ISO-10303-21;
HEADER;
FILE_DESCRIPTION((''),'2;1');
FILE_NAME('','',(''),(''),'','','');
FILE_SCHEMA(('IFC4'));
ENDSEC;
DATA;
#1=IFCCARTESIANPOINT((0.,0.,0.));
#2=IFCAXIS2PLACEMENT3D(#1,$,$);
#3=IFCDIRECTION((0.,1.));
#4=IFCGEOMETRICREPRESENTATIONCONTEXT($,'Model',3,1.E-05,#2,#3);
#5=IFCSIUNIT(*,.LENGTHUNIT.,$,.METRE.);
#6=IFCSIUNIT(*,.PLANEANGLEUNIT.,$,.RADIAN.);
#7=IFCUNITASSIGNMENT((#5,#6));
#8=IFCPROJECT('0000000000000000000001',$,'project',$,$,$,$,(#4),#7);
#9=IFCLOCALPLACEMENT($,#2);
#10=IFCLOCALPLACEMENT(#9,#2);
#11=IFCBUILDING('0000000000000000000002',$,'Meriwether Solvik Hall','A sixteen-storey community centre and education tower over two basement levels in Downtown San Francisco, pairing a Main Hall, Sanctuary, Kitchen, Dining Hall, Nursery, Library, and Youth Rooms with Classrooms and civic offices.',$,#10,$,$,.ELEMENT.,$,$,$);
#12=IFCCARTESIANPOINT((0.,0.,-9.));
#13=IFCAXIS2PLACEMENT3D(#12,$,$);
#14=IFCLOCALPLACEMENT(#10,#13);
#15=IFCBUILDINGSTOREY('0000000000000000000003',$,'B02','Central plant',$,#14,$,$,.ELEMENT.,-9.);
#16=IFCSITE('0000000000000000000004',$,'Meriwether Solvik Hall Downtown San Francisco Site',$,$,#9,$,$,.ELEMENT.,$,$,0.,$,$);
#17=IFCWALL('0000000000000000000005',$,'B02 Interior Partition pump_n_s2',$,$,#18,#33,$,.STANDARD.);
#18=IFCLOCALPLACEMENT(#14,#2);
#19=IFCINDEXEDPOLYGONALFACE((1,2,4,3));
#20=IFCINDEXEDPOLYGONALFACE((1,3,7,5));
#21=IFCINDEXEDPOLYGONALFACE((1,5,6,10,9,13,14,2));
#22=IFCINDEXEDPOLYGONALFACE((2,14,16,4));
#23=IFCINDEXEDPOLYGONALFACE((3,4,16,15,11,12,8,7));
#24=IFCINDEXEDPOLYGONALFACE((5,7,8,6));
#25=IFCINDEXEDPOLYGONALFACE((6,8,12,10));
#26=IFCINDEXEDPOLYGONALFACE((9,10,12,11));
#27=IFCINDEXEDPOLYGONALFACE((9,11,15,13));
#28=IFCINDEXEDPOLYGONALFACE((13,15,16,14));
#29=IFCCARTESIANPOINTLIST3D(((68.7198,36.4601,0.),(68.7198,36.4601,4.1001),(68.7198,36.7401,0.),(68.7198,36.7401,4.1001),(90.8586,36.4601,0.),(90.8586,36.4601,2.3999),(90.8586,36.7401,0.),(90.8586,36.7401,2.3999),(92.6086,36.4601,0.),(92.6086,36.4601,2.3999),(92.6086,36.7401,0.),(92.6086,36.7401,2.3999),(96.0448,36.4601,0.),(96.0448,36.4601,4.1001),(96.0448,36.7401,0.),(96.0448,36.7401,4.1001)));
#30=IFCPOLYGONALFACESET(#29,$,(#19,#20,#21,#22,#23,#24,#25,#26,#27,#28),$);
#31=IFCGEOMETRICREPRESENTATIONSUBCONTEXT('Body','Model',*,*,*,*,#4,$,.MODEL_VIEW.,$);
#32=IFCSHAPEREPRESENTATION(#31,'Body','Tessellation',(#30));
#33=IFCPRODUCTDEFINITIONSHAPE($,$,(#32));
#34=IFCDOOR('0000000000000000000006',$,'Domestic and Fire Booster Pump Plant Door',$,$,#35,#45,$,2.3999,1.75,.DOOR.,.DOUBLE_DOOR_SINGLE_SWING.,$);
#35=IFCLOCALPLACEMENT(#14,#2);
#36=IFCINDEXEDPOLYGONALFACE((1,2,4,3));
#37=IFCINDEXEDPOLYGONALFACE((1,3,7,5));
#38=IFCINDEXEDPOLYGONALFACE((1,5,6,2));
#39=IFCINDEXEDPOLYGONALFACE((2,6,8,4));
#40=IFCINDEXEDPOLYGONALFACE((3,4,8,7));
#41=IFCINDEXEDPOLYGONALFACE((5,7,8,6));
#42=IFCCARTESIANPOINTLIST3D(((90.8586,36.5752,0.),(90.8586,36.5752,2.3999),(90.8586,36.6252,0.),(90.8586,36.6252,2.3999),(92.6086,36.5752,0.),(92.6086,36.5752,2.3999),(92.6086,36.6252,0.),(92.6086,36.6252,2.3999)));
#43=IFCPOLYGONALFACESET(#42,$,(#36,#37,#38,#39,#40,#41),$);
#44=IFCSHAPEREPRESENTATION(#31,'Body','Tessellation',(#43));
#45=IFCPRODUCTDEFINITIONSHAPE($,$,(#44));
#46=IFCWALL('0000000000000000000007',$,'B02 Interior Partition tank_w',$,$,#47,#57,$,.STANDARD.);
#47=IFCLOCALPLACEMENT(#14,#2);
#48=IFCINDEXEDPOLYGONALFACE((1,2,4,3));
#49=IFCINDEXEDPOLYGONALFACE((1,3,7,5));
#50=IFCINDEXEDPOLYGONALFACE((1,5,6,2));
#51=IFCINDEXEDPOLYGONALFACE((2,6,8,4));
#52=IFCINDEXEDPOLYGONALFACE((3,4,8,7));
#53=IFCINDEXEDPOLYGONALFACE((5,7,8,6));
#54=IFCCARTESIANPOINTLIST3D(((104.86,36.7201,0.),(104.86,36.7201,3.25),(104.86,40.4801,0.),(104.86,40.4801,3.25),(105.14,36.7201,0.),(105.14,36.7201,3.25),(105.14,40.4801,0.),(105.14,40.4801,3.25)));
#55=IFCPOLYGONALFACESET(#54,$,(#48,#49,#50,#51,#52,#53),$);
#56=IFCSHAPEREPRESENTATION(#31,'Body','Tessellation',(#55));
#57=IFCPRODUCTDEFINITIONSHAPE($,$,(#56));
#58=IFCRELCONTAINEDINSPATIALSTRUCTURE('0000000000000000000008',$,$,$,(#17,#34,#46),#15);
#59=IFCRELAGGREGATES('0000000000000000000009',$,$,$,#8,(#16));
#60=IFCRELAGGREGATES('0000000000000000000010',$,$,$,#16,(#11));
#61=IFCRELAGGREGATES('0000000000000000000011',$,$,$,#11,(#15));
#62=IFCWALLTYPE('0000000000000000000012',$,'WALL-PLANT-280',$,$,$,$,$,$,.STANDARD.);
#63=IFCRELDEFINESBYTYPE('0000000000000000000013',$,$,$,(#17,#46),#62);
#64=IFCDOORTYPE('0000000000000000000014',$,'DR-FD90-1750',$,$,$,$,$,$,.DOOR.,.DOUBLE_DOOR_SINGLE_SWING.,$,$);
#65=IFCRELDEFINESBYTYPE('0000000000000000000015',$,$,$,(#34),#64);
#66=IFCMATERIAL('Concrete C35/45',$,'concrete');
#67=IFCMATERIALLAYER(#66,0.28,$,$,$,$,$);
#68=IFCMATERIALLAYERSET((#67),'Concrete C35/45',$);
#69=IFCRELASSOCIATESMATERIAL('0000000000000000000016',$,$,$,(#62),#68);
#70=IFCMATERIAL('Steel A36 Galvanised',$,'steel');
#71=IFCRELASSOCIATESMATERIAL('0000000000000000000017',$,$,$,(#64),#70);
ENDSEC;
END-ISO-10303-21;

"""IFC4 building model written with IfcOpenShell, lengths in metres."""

from ifc_helpers import new_model, si_unit, direction, frame, frame_2d, origin, place, context, subcontext, project, spatial, rectangle, extrude, material, layer, layer_set, type_object, element, fill, save


model = new_model("IFC4")

# Units and contexts
model_context = context("Model", 3, precision=1e-05, world=origin(), true_north=direction((0.0, 1.0)))
body_context = subcontext(model_context, "Body", "Model", "MODEL_VIEW")
ifc_project = project(units=[si_unit("LENGTHUNIT", "METRE"), si_unit("PLANEANGLEUNIT", "RADIAN")], contexts=[model_context])

# Site, building, storey
site_placement = place(None, origin())
site = spatial("IfcSite", under=ifc_project, at=site_placement, Name="Meriwether Solvik Hall Downtown San Francisco Site", CompositionType="ELEMENT", RefElevation=0.0)
building_placement = place(site_placement, origin())
building = spatial("IfcBuilding", under=site, at=building_placement, Name="Meriwether Solvik Hall", Description="A sixteen-storey community centre and education tower over two basement levels in Downtown San Francisco, pairing a Main Hall, Sanctuary, Kitchen, Dining Hall, Nursery, Library, and Youth Rooms with Classrooms and civic offices.", CompositionType="ELEMENT")
storey_placement = place(building_placement, frame((0.0, 0.0, -9.0)))
storey = spatial("IfcBuildingStorey", under=building, at=storey_placement, Name="B02", Description="Central plant", CompositionType="ELEMENT", Elevation=-9.0)

# Shared definitions
ifc_material_1 = material(Name="Concrete C35/45", Category="concrete")
ifc_layer_1 = layer(ifc_material_1, 0.28)
ifc_layer_set_1 = layer_set([ifc_layer_1], Name="Concrete C35/45")
wall_type = type_object("IfcWallType", Name="WALL-PLANT-280", PredefinedType="STANDARD", material=ifc_layer_set_1)

# Wall, opening, door
wall_1_placement = place(storey_placement, frame((96.0449, 36.6001, 0.0), z_axis=(0.0, 0.0, 1.0), x_axis=(-1.0, 0.0, 0.0)))
wall_1 = element("IfcWall", 1, at=wall_1_placement, inside=storey, type_object=wall_type, Name="B02 Interior Partition pump_n_s2", PredefinedType="STANDARD", context=body_context, shape_type="SweptSolid", body=[
    extrude(rectangle(XDim=27.325, YDim=0.28, at=frame_2d((13.6626, 0.0))), origin(), (0.0, 0.0, 1.0), 4.1001),
])
opening_placement = place(wall_1_placement, frame((3.4363, 0.0, 0.0)))
opening = element("IfcOpeningElement", 2, at=opening_placement, cuts=wall_1, PredefinedType="OPENING", context=body_context, shape_type="SweptSolid", body=[
    extrude(rectangle(XDim=1.75, YDim=2.3999, at=frame_2d((0.875, 1.2))), frame((0.0, 0.1519, 0.0), z_axis=(0.0, -1.0, 0.0), x_axis=(1.0, 0.0, 0.0)), (0.0, 0.0, 1.0), 0.304),
])
ifc_material_2 = material(Name="Steel A36 Galvanised", Category="steel")
door_type = type_object("IfcDoorType", Name="DR-FD90-1750", OperationType="DOUBLE_DOOR_SINGLE_SWING", PredefinedType="DOOR", material=ifc_material_2)
door_placement = place(opening_placement, origin())
door = element("IfcDoor", 3, at=door_placement, inside=storey, type_object=door_type, Name="Domestic and Fire Booster Pump Plant Door", OperationType="DOUBLE_DOOR_SINGLE_SWING", OverallHeight=2.3999, OverallWidth=1.75, PredefinedType="DOOR", context=body_context, shape_type="SweptSolid", body=[
    extrude(rectangle(XDim=1.75, YDim=2.3999, at=frame_2d((0.875, 1.2))), frame((0.0, 0.0249, 0.0), z_axis=(0.0, -1.0, 0.0), x_axis=(1.0, 0.0, 0.0)), (0.0, 0.0, 1.0), 0.05),
])
fill(opening, door)

# Wall
wall_2_placement = place(storey_placement, frame((105.0, 40.48, 0.0), z_axis=(0.0, 0.0, 1.0), x_axis=(0.0, -1.0, 0.0)))
element("IfcWall", 4, at=wall_2_placement, inside=storey, type_object=wall_type, Name="B02 Interior Partition tank_w", PredefinedType="STANDARD", context=body_context, shape_type="SweptSolid", body=[
    extrude(rectangle(XDim=3.76, YDim=0.28, at=frame_2d((1.8799, 0.0))), origin(), (0.0, 0.0, 1.0), 3.25),
])

save(model, "model.ifc")
